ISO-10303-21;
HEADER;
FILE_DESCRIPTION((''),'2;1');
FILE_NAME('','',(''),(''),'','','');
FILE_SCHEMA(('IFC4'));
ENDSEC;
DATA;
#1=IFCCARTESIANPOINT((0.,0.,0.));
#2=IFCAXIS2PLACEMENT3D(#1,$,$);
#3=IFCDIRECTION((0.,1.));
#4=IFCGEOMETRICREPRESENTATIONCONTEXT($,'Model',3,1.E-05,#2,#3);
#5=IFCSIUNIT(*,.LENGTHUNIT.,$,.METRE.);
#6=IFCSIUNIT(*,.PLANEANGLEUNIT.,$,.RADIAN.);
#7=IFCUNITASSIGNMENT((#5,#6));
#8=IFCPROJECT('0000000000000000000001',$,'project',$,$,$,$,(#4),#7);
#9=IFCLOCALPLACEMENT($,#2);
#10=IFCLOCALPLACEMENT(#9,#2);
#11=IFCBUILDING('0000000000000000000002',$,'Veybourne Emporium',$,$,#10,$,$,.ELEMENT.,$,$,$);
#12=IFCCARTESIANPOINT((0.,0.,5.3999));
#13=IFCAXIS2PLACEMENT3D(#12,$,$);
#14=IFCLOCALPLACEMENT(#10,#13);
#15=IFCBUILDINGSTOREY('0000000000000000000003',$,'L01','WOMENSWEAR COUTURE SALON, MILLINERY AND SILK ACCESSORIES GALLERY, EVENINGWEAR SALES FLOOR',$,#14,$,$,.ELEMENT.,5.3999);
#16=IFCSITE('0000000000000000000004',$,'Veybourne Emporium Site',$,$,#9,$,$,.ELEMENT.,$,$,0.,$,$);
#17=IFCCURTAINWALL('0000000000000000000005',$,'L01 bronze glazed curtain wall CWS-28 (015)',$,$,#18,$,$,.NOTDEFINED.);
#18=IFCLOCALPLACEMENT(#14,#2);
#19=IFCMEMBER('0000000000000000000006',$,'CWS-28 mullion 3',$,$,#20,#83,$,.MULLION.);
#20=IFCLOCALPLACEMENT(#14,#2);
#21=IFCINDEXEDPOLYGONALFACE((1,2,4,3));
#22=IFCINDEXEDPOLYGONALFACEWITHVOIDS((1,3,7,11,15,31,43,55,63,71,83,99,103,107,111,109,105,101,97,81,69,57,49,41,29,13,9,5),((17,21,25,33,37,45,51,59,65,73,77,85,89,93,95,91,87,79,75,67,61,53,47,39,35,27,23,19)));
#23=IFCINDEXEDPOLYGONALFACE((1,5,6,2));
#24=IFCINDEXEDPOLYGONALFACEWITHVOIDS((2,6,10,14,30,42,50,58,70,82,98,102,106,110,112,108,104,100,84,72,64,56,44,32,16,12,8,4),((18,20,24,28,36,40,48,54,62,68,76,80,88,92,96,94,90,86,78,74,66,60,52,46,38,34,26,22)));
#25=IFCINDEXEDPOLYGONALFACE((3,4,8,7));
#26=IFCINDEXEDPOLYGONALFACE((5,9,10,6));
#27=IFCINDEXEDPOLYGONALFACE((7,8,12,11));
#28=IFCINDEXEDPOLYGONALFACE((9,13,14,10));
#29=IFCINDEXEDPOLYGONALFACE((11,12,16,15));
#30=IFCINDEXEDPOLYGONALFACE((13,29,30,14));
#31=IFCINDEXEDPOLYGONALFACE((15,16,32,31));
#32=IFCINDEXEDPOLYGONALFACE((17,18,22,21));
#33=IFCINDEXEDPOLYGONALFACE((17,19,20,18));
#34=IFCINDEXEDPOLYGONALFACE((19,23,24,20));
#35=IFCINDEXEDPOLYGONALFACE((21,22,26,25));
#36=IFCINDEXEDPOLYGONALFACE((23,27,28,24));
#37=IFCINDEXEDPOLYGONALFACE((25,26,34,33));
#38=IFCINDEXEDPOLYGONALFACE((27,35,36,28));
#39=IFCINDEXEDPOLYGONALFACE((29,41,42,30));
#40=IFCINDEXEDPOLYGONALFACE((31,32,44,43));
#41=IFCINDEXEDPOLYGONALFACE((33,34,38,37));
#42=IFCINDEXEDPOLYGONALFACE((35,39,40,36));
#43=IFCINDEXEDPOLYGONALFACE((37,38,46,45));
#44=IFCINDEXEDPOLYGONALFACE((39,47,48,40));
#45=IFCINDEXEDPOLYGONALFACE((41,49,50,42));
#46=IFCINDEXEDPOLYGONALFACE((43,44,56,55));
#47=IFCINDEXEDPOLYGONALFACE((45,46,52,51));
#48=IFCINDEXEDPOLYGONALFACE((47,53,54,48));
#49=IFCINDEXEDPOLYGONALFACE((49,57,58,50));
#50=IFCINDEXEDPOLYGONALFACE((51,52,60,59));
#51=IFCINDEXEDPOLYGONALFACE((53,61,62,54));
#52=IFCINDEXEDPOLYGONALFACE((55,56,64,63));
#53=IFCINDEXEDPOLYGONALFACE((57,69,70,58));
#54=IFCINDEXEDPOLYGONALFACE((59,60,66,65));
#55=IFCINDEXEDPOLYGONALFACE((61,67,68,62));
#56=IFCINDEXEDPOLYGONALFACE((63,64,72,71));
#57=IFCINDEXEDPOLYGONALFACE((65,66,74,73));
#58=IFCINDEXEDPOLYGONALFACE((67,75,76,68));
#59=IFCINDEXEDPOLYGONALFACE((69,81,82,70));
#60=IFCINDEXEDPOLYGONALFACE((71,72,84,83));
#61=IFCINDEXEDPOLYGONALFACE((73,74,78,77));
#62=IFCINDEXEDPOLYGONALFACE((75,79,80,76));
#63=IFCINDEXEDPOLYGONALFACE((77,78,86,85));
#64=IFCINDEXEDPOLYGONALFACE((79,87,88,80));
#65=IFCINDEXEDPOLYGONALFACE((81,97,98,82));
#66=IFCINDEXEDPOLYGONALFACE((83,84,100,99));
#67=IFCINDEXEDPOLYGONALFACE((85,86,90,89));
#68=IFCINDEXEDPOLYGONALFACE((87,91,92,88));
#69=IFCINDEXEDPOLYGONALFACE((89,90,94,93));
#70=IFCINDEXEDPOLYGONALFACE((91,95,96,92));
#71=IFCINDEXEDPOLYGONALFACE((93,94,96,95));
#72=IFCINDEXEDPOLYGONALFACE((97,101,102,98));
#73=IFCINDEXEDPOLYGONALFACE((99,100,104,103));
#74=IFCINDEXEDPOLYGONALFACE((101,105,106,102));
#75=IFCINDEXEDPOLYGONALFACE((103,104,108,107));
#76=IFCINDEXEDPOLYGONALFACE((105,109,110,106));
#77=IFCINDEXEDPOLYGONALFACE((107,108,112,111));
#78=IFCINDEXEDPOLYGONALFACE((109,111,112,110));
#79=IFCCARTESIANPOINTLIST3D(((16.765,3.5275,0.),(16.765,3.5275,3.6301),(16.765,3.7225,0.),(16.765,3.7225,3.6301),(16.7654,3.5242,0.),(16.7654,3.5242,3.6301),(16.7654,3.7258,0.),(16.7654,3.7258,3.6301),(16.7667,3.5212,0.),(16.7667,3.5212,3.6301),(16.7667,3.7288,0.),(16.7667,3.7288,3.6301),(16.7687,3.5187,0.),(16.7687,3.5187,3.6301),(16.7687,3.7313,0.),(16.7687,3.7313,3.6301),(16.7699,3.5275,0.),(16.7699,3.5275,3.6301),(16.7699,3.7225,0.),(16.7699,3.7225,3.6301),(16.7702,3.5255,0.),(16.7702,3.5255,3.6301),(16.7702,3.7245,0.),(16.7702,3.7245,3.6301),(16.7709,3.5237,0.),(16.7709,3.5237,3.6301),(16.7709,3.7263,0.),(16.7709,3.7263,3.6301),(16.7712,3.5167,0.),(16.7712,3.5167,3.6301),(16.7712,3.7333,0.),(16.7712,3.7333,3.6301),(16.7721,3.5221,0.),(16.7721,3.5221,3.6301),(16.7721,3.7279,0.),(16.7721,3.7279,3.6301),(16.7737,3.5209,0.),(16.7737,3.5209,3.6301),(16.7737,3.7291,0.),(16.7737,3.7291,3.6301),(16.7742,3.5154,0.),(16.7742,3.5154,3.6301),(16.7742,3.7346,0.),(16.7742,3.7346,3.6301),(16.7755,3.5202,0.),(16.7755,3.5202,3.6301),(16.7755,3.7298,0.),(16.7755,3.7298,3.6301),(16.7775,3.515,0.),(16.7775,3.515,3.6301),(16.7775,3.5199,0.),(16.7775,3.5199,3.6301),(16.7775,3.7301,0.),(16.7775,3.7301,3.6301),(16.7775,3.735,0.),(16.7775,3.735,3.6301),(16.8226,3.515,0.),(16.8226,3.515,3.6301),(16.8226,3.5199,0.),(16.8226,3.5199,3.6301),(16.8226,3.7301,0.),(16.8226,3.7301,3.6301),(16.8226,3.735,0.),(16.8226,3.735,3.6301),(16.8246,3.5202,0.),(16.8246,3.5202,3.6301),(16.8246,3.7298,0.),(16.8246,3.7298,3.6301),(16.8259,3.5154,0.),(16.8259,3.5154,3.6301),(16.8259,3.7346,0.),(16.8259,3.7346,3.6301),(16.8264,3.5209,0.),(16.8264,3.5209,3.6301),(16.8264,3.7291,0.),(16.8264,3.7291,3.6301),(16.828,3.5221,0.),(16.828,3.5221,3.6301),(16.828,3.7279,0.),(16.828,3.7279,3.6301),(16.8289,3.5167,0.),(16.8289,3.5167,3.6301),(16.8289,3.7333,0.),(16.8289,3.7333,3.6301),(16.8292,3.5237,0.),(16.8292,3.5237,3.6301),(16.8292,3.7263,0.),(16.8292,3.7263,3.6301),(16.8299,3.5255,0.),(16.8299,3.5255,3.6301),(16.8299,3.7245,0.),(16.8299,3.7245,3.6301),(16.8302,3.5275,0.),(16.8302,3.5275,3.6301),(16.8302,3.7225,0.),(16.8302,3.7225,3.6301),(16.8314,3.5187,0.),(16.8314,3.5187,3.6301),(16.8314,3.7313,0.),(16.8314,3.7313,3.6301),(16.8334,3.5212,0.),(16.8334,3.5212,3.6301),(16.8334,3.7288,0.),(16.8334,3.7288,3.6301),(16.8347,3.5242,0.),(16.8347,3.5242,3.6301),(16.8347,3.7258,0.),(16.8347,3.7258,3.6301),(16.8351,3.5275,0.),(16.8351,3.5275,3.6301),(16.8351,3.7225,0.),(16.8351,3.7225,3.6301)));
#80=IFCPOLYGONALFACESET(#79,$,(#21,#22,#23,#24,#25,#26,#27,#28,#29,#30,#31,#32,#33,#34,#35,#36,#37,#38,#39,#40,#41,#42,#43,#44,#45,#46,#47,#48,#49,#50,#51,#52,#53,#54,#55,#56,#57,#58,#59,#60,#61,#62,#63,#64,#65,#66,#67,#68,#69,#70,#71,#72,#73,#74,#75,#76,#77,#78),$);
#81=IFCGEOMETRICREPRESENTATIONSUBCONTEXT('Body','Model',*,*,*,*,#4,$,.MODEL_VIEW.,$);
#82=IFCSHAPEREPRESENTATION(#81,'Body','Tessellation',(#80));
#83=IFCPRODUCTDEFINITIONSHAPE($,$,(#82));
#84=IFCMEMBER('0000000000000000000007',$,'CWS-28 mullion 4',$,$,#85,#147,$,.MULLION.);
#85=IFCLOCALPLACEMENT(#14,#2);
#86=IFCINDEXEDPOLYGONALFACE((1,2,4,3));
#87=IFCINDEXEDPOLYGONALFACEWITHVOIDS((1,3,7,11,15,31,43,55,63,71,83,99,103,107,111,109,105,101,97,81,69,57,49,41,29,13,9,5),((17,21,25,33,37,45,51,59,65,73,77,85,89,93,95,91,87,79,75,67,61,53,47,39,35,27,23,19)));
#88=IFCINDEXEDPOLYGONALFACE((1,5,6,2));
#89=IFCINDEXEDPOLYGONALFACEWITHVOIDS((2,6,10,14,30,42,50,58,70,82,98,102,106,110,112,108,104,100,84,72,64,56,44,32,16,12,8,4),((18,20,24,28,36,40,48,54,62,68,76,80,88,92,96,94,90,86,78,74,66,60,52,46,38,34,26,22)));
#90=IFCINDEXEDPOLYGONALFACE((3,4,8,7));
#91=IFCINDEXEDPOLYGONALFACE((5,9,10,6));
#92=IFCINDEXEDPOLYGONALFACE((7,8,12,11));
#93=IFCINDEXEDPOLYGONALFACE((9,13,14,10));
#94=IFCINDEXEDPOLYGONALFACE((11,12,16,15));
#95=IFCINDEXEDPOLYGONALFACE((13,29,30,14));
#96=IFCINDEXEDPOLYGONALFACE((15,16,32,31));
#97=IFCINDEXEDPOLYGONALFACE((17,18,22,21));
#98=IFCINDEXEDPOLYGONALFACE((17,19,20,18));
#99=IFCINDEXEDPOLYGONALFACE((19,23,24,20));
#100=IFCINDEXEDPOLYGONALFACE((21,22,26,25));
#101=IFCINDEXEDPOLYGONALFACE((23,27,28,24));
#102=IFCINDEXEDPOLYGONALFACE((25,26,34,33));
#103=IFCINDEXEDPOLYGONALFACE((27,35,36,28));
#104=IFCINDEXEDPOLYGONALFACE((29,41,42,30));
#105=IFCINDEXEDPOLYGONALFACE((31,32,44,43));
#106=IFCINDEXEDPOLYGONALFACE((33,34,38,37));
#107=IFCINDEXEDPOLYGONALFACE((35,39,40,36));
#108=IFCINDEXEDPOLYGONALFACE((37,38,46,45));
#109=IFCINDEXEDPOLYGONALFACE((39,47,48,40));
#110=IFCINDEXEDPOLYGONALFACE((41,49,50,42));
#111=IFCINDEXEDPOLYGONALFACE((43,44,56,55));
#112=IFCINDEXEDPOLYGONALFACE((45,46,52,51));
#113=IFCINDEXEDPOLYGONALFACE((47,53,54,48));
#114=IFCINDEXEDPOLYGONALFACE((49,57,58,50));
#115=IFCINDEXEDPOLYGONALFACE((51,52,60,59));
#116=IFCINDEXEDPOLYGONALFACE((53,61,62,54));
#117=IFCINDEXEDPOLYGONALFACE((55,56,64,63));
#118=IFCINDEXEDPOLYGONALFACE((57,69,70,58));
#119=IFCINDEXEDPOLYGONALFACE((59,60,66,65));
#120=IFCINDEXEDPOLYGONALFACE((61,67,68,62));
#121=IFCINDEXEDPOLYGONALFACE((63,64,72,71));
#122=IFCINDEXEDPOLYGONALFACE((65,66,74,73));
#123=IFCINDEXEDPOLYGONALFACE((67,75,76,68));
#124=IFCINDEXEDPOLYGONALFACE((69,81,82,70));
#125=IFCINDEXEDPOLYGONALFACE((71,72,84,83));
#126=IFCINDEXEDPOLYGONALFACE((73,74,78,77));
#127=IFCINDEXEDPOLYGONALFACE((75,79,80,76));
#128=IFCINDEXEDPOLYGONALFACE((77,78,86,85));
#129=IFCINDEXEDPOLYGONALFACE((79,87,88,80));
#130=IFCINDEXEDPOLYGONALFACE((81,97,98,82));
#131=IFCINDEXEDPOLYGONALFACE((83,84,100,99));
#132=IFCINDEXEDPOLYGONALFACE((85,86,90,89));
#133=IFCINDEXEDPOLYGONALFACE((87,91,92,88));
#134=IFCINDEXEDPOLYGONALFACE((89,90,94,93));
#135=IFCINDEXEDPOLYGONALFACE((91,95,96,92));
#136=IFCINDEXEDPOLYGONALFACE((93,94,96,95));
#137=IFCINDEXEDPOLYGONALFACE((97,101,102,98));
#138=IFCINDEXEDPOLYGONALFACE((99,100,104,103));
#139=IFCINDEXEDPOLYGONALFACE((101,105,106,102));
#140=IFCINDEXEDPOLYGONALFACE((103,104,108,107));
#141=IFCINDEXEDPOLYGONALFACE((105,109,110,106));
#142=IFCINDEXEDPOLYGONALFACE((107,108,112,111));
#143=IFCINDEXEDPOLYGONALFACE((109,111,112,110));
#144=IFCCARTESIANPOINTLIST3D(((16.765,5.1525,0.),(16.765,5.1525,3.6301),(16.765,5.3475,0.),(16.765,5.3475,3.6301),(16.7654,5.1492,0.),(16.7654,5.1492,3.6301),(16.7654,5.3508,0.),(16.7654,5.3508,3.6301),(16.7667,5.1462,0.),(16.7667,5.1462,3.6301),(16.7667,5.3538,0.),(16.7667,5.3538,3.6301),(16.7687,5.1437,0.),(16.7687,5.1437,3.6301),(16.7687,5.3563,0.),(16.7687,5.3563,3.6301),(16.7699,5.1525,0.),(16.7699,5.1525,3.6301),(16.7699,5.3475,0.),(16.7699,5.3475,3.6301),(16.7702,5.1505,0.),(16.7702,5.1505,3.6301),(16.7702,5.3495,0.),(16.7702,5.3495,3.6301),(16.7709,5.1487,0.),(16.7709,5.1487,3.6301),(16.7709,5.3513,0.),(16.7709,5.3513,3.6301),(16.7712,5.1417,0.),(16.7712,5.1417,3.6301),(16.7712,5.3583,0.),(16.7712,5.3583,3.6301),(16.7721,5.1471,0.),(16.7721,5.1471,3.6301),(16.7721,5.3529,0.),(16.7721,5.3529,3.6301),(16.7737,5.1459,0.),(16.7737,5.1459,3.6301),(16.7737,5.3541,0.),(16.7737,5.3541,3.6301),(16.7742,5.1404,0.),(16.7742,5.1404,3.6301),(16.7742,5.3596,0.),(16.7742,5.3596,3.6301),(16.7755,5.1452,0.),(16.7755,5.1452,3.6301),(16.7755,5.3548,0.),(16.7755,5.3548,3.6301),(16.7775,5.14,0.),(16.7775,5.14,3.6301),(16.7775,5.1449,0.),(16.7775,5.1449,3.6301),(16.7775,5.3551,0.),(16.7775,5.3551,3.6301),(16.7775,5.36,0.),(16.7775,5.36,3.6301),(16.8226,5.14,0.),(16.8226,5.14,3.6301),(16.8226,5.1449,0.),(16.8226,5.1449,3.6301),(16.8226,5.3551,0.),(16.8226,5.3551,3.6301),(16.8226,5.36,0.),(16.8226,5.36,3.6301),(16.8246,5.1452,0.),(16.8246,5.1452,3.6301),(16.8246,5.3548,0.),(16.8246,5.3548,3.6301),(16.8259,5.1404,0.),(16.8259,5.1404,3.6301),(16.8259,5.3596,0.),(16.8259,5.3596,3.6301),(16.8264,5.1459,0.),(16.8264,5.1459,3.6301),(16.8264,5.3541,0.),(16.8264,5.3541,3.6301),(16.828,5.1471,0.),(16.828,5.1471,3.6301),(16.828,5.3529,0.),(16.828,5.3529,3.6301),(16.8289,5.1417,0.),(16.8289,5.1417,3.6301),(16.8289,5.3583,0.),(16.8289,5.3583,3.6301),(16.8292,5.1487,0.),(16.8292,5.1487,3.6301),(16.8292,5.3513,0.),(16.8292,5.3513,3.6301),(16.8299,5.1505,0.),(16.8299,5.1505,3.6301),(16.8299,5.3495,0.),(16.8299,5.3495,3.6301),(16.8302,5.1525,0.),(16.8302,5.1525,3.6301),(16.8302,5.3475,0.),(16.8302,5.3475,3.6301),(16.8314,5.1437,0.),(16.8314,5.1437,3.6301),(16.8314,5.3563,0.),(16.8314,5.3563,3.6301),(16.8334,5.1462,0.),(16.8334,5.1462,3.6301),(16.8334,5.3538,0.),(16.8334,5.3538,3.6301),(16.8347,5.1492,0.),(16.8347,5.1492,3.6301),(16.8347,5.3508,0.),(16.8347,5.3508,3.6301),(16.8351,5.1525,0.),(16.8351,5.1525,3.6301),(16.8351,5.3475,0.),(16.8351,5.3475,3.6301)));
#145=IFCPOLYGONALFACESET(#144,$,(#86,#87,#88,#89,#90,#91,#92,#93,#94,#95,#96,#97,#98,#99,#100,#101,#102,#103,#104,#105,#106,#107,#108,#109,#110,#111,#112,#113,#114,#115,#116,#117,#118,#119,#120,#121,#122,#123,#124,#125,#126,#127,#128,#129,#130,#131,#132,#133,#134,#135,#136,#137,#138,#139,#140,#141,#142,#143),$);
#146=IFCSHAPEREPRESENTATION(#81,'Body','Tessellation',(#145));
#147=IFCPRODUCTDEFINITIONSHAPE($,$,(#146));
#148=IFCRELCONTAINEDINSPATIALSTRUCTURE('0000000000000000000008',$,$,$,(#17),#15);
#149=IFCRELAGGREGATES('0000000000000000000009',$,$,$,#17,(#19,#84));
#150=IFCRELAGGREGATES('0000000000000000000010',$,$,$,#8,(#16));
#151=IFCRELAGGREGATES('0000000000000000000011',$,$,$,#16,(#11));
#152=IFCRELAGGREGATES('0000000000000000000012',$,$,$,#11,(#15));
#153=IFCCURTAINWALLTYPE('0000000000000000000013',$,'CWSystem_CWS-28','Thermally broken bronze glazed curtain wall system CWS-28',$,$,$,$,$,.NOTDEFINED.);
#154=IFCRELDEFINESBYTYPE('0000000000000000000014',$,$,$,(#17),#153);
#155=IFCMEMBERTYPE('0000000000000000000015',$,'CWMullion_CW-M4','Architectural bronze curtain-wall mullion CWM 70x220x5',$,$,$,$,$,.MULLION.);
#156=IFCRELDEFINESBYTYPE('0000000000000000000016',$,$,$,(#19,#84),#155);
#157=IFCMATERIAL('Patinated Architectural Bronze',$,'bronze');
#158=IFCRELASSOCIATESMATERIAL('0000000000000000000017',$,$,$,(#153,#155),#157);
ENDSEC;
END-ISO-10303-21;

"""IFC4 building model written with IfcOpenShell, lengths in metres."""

from ifc_helpers import new_model, si_unit, direction, frame, origin, origin_2d, place, context, subcontext, project, spatial, hollow_rectangle, extrude, material, material_profile, profile_set, type_object, element, aggregate, save


model = new_model("IFC4")

# Units and contexts
model_context = context("Model", 3, precision=1e-05, world=origin(), true_north=direction((0.0, 1.0)))
body_context = subcontext(model_context, "Body", "Model", "MODEL_VIEW")
ifc_project = project(units=[si_unit("LENGTHUNIT", "METRE"), si_unit("PLANEANGLEUNIT", "RADIAN")], contexts=[model_context])

# Site, building, storey
site_placement = place(None, origin())
site = spatial("IfcSite", under=ifc_project, at=site_placement, Name="Veybourne Emporium Site", CompositionType="ELEMENT", RefElevation=0.0)
building_placement = place(site_placement, origin())
building = spatial("IfcBuilding", under=site, at=building_placement, Name="Veybourne Emporium", CompositionType="ELEMENT")
storey_placement = place(building_placement, frame((0.0, 0.0, 5.3999)))
storey = spatial("IfcBuildingStorey", under=building, at=storey_placement, Name="L01", Description="WOMENSWEAR COUTURE SALON, MILLINERY AND SILK ACCESSORIES GALLERY, EVENINGWEAR SALES FLOOR", CompositionType="ELEMENT", Elevation=5.3999)

# Curtain wall, members
ifc_material_1 = material(Name="Patinated Architectural Bronze", Category="bronze")
curtain_wall_type = type_object("IfcCurtainWallType", Name="CWSystem_CWS-28", Description="Thermally broken bronze glazed curtain wall system CWS-28", PredefinedType="NOTDEFINED", material=ifc_material_1)
curtain_wall_placement = place(storey_placement, origin())
curtain_wall = element("IfcCurtainWall", 1, at=curtain_wall_placement, inside=storey, type_object=curtain_wall_type, Name="L01 bronze glazed curtain wall CWS-28 (015)", PredefinedType="NOTDEFINED")
ifc_material_profile_1 = material_profile(ifc_material_1, hollow_rectangle(XDim=0.0701, YDim=0.22, WallThickness=0.0049, InnerFilletRadius=0.0076, OuterFilletRadius=0.0125, at=origin_2d()), Name="CWM 70x220x5")
ifc_profile_set_1 = profile_set([ifc_material_profile_1], Name="Patinated Architectural Bronze")
member_type_1 = type_object("IfcMemberType", Name="CWMullion_CW-M4", Description="Architectural bronze curtain-wall mullion CWM 70x220x5", PredefinedType="MULLION", material=ifc_profile_set_1)
member_1_placement = place(storey_placement, frame((16.8, 3.625, 0.0), z_axis=(0.0, 0.0, 1.0), x_axis=(-1.0, 0.0, 0.0)))
member_1 = element("IfcMember", 2, at=member_1_placement, type_object=member_type_1, Name="CWS-28 mullion 3", PredefinedType="MULLION", context=body_context, shape_type="SweptSolid", body=[
    extrude(hollow_rectangle(XDim=0.0701, YDim=0.22, WallThickness=0.0049, InnerFilletRadius=0.0076, OuterFilletRadius=0.0125, at=origin_2d()), origin(), (0.0, 0.0, 1.0), 3.6301),
])
member_2_placement = place(storey_placement, frame((16.8, 5.25, 0.0), z_axis=(0.0, 0.0, 1.0), x_axis=(-1.0, 0.0, 0.0)))
member_2 = element("IfcMember", 3, at=member_2_placement, type_object=member_type_1, Name="CWS-28 mullion 4", PredefinedType="MULLION", context=body_context, shape_type="SweptSolid", body=[
    extrude(hollow_rectangle(XDim=0.0701, YDim=0.22, WallThickness=0.0049, InnerFilletRadius=0.0076, OuterFilletRadius=0.0125, at=origin_2d()), origin(), (0.0, 0.0, 1.0), 3.6301),
])

aggregate(curtain_wall, [member_1, member_2])

save(model, "model.ifc")
